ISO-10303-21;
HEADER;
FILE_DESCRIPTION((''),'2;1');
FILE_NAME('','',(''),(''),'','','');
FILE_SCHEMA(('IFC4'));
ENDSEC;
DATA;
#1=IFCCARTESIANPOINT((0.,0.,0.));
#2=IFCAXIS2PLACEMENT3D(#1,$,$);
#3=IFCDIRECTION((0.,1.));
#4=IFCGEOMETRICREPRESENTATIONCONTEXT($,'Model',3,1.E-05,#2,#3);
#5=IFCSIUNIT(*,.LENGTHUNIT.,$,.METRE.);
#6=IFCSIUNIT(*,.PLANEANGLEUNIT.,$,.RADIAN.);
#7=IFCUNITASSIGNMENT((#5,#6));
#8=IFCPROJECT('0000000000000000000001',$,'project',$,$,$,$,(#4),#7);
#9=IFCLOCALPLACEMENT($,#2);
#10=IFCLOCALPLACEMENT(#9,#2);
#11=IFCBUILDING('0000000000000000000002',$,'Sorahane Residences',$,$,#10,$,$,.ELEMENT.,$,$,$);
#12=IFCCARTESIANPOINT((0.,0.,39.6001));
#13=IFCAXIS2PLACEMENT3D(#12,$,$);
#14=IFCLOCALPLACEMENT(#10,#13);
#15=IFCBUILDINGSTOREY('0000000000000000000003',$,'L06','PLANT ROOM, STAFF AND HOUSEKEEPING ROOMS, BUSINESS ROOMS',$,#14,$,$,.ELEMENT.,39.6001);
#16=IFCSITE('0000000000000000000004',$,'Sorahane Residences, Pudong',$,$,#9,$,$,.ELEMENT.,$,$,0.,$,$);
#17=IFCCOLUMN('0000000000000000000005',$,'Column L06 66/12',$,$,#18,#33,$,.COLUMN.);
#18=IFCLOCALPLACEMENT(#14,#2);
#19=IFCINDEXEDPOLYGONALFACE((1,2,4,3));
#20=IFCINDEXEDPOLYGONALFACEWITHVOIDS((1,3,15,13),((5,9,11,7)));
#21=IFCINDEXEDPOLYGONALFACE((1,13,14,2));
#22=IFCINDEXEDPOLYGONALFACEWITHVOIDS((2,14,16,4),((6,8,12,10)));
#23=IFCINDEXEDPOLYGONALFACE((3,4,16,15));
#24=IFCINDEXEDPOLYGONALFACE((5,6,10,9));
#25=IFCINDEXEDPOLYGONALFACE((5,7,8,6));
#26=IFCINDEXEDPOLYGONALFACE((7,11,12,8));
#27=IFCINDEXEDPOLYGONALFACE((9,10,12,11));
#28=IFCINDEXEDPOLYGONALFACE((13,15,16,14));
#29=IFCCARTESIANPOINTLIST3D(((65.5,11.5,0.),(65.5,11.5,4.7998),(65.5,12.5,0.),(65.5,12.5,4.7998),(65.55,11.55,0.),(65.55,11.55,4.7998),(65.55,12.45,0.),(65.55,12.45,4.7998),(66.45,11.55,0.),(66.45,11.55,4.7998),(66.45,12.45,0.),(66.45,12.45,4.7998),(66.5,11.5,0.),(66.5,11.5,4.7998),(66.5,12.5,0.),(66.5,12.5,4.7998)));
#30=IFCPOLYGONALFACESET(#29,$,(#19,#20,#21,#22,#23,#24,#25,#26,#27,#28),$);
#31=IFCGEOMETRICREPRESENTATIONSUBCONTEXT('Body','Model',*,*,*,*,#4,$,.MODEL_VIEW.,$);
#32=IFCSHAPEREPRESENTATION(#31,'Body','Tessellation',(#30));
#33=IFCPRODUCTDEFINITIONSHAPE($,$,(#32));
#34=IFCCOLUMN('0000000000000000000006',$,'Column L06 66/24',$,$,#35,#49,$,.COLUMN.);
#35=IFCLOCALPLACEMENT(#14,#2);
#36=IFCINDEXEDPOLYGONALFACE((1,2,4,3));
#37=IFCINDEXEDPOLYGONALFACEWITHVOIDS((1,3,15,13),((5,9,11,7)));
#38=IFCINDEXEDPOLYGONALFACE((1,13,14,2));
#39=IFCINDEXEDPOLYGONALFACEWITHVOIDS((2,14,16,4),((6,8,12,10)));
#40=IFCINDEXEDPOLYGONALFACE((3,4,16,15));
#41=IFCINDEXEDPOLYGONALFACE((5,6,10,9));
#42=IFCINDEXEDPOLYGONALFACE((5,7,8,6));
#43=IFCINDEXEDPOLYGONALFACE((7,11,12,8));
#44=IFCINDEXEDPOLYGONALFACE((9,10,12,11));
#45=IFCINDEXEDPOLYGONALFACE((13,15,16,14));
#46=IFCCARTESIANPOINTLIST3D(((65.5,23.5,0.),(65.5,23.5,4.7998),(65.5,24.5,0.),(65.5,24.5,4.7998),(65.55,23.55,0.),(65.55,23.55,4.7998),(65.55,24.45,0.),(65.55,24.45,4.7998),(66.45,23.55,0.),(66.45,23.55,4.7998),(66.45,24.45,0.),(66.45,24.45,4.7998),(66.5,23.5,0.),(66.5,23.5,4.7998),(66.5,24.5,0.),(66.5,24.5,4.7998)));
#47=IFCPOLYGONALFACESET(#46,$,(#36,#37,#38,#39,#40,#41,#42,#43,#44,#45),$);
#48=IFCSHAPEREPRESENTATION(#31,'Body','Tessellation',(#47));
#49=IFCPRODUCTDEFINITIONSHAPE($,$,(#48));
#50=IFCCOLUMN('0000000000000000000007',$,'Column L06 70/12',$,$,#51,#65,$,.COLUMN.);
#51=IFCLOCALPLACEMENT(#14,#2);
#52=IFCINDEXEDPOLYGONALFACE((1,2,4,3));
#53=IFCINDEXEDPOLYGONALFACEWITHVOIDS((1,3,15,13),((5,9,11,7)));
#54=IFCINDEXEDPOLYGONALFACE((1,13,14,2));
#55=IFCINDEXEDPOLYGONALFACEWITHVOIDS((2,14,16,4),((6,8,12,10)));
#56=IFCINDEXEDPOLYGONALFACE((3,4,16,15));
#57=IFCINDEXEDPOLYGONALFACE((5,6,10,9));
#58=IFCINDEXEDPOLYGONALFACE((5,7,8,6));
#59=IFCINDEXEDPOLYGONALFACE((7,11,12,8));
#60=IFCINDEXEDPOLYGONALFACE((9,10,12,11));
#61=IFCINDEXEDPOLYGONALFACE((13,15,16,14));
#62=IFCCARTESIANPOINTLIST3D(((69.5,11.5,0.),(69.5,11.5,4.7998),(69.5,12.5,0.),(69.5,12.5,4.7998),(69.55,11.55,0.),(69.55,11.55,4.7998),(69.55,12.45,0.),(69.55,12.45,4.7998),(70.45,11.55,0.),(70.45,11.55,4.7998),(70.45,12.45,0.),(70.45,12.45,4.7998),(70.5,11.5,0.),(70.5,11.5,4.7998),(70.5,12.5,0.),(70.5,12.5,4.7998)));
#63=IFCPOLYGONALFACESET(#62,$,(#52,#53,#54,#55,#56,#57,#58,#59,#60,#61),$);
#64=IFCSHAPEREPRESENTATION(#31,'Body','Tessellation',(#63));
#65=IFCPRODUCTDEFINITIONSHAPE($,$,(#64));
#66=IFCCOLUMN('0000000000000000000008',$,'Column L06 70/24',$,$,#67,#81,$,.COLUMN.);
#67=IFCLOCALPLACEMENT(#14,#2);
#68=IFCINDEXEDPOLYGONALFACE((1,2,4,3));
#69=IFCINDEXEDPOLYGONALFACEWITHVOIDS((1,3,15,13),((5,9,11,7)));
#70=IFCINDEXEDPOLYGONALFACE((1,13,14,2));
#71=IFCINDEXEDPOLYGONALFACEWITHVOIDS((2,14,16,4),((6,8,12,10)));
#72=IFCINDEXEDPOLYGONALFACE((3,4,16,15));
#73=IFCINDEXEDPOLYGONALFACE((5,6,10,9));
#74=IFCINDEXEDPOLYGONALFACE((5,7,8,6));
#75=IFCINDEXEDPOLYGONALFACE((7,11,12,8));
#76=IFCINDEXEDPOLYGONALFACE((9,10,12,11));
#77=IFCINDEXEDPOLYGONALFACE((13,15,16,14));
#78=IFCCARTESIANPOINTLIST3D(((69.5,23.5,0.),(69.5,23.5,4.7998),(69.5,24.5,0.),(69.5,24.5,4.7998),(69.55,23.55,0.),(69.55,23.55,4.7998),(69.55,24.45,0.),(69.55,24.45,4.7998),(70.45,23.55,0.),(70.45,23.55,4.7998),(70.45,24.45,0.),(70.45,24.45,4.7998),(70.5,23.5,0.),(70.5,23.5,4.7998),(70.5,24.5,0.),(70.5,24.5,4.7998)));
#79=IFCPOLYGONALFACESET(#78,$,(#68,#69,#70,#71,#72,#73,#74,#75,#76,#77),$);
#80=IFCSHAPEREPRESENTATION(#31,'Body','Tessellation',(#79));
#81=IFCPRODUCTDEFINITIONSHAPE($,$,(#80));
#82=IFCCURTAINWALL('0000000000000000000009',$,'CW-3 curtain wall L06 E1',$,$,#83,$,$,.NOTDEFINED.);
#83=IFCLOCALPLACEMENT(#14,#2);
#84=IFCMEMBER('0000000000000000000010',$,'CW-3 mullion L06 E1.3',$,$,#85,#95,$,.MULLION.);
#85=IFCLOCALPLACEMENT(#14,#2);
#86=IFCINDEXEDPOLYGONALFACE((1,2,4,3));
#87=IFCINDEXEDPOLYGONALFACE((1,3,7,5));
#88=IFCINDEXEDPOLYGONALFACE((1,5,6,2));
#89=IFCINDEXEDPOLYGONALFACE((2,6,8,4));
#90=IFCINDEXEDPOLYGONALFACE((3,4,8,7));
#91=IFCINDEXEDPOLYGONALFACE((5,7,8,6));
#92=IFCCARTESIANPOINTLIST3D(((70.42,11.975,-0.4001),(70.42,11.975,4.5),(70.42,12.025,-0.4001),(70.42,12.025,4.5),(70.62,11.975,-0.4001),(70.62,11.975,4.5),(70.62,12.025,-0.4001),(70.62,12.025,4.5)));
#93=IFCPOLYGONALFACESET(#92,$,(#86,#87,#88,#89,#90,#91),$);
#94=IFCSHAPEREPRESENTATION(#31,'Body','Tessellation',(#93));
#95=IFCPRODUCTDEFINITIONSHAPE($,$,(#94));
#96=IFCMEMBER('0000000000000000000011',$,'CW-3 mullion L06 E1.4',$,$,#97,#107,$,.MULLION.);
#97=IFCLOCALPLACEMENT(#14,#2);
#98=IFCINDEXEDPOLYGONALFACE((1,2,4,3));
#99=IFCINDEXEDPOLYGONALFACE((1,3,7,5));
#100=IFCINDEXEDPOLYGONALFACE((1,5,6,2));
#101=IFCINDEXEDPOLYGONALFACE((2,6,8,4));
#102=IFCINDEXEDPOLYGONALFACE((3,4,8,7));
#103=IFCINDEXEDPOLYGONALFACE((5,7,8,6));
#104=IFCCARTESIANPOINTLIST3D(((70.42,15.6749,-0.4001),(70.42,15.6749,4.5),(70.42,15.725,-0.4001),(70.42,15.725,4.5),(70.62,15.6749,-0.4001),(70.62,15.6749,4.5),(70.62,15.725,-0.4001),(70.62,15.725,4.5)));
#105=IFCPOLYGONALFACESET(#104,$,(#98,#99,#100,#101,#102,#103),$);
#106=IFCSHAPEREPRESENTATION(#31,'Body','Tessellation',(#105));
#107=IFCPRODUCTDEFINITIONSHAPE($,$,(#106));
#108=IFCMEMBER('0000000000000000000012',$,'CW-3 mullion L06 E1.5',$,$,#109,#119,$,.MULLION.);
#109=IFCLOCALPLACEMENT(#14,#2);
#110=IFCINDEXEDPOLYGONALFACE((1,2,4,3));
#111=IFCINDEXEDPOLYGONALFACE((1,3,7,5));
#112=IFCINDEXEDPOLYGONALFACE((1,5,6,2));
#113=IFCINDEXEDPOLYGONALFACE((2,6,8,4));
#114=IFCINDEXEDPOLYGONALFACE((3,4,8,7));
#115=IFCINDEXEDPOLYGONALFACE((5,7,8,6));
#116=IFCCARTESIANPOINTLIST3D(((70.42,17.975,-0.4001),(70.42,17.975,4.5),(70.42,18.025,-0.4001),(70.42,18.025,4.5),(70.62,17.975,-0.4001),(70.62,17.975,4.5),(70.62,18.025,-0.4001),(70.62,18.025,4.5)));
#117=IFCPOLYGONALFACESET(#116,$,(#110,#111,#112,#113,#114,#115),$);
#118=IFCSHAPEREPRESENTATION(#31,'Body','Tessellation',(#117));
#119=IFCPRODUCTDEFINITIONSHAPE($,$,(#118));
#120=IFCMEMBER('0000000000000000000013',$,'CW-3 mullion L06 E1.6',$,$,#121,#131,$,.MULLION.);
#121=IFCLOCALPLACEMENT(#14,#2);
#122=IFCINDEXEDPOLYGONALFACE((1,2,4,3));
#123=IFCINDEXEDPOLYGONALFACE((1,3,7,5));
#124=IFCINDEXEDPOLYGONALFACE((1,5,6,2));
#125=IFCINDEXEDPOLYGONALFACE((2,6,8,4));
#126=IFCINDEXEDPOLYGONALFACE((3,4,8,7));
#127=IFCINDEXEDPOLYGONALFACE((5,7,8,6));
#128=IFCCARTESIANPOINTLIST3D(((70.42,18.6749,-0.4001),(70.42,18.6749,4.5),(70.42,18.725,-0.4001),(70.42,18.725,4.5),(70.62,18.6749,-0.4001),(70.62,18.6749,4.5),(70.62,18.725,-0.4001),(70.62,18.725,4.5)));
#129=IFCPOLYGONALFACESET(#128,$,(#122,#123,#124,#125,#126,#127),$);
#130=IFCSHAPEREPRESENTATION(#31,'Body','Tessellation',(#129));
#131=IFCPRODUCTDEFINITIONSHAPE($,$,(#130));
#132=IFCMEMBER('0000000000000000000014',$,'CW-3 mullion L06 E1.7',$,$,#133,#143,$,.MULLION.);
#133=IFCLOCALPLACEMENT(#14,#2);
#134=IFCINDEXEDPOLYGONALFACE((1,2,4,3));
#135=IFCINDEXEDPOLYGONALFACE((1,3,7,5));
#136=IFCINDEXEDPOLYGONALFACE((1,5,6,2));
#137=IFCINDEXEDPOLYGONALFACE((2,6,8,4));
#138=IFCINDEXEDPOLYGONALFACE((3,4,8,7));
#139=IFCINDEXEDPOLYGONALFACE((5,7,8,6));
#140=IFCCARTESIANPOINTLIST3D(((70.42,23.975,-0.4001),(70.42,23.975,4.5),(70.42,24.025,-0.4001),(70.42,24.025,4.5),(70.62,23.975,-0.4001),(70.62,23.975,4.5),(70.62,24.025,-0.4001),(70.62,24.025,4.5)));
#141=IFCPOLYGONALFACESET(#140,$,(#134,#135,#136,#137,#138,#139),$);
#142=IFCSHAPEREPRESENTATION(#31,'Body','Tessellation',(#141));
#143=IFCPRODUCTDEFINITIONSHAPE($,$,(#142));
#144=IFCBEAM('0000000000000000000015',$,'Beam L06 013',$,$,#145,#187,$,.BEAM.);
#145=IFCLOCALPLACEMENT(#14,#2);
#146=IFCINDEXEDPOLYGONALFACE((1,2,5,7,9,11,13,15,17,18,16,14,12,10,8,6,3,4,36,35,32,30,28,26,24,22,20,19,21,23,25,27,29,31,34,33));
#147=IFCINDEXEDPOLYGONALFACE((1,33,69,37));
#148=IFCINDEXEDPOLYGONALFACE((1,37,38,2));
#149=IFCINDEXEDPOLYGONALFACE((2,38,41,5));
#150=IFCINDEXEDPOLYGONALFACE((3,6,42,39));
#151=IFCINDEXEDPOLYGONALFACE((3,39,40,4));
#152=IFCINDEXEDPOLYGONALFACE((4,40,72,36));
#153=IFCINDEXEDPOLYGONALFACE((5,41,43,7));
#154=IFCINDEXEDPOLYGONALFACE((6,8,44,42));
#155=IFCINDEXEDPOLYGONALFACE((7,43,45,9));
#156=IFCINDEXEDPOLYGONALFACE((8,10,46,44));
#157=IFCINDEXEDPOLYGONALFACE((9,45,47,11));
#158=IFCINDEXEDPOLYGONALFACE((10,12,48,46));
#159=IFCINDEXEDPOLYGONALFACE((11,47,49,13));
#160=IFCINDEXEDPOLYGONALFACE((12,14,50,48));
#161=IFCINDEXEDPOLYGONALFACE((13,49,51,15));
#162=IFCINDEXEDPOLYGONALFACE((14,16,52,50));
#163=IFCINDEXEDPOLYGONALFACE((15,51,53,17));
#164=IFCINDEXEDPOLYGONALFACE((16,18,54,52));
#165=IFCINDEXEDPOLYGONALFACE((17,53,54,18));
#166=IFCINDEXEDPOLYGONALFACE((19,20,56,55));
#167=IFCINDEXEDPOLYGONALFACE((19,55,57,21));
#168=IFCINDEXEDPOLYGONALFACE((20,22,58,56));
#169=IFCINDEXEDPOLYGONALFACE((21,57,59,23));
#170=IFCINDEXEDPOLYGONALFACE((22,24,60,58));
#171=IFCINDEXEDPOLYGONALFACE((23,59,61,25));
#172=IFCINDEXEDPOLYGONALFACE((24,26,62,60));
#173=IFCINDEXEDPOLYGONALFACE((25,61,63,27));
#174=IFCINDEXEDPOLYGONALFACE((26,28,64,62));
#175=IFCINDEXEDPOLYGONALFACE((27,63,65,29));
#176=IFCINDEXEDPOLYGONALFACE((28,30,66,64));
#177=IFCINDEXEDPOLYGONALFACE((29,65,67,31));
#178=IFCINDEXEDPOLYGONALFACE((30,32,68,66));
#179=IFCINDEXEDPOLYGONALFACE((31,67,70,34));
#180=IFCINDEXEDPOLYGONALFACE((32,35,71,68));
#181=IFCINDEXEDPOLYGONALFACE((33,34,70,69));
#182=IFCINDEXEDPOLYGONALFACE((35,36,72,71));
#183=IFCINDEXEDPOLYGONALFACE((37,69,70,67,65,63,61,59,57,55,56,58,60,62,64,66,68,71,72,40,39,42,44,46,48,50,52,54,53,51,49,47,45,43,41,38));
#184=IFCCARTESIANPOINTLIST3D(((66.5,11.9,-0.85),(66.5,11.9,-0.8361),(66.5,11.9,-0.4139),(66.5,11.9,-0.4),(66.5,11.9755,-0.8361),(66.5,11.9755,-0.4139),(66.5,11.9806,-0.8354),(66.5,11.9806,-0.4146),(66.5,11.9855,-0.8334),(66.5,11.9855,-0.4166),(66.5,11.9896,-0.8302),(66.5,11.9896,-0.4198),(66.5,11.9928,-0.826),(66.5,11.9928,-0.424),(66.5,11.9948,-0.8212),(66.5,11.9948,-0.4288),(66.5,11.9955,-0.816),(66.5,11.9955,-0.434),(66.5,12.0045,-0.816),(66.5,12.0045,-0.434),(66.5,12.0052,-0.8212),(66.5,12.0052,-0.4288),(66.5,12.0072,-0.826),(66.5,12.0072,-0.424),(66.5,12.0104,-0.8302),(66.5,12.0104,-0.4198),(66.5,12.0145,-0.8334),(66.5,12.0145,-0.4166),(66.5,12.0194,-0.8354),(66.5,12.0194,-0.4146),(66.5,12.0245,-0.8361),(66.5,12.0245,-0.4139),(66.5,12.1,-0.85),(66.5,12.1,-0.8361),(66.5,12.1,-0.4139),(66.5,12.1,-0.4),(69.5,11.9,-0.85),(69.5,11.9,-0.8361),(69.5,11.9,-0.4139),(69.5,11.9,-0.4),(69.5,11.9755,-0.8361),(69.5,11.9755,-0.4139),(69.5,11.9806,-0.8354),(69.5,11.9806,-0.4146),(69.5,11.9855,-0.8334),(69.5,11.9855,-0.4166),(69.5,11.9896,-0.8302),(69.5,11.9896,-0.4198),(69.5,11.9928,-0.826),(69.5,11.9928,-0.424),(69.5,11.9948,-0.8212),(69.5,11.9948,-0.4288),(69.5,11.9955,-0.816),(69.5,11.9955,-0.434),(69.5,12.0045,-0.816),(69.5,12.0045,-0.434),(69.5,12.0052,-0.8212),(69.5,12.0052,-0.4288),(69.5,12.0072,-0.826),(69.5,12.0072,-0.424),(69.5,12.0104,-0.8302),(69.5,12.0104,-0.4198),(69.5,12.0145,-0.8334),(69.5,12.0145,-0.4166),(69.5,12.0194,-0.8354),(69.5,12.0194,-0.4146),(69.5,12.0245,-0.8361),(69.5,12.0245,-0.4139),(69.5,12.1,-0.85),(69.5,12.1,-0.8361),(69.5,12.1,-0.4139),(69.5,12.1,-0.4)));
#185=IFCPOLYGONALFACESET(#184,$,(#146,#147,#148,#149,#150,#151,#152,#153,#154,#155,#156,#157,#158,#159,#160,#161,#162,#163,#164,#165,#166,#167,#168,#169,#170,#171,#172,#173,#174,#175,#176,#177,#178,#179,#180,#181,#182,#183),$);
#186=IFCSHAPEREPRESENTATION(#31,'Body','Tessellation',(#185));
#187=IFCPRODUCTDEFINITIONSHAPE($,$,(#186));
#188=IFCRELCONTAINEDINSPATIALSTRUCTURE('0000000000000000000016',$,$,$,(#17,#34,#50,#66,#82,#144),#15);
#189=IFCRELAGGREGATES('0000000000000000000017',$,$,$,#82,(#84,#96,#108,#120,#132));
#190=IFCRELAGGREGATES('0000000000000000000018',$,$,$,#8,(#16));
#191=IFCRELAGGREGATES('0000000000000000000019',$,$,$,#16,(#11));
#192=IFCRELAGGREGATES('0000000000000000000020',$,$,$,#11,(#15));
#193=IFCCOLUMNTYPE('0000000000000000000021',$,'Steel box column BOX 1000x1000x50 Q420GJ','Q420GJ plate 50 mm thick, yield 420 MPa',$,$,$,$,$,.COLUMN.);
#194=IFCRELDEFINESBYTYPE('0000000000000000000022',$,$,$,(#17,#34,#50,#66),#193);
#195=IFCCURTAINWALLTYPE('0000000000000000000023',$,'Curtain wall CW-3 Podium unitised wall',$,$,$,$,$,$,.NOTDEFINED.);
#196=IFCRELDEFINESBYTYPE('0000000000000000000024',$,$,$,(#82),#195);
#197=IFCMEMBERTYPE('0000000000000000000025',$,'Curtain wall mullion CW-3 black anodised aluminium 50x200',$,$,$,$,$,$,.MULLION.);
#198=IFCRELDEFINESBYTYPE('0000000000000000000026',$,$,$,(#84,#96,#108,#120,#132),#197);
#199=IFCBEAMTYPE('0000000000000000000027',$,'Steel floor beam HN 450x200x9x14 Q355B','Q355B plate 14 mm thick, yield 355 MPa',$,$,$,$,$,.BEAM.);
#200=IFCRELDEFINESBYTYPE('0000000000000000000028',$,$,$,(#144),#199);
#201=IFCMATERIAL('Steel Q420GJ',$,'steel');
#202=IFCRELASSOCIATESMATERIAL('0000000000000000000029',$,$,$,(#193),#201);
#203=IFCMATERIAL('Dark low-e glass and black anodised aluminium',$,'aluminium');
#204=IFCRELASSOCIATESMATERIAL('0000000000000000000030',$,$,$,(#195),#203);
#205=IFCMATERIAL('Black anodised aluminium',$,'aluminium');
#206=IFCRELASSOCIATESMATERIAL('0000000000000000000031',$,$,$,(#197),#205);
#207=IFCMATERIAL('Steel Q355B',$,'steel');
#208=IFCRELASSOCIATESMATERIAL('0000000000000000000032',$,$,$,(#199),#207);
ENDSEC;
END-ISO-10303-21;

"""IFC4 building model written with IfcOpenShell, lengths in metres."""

from ifc_helpers import new_model, si_unit, direction, frame, origin, origin_2d, place, context, subcontext, project, spatial, rectangle, hollow_rectangle, i_section, extrude, material, material_profile, profile_set, type_object, element, aggregate, save


model = new_model("IFC4")

# Units and contexts
model_context = context("Model", 3, precision=1e-05, world=origin(), true_north=direction((0.0, 1.0)))
body_context = subcontext(model_context, "Body", "Model", "MODEL_VIEW")
ifc_project = project(units=[si_unit("LENGTHUNIT", "METRE"), si_unit("PLANEANGLEUNIT", "RADIAN")], contexts=[model_context])

# Site, building, storey
site_placement = place(None, origin())
site = spatial("IfcSite", under=ifc_project, at=site_placement, Name="Sorahane Residences, Pudong", CompositionType="ELEMENT", RefElevation=0.0)
building_placement = place(site_placement, origin())
building = spatial("IfcBuilding", under=site, at=building_placement, Name="Sorahane Residences", CompositionType="ELEMENT")
storey_placement = place(building_placement, frame((0.0, 0.0, 39.6001)))
storey = spatial("IfcBuildingStorey", under=building, at=storey_placement, Name="L06", Description="PLANT ROOM, STAFF AND HOUSEKEEPING ROOMS, BUSINESS ROOMS", CompositionType="ELEMENT", Elevation=39.6001)

# Columns
ifc_material_1 = material(Name="Steel Q420GJ", Category="steel")
ifc_material_profile_1 = material_profile(ifc_material_1, hollow_rectangle(XDim=1.0, YDim=1.0, WallThickness=0.05, at=origin_2d()), Name="BOX 1000x1000x50")
ifc_profile_set_1 = profile_set([ifc_material_profile_1], Name="Steel Q420GJ")
column_type = type_object("IfcColumnType", Name="Steel box column BOX 1000x1000x50 Q420GJ", Description="Q420GJ plate 50 mm thick, yield 420 MPa", PredefinedType="COLUMN", material=ifc_profile_set_1)
for number, where, z_axis, x_axis, name in (
    (1, (66.0, 12.0, 0.0), (0.0, 0.0, 1.0), (1.0, 0.0, 0.0), "Column L06 66/12"),
    (2, (66.0, 24.0, 0.0), (0.0, 0.0, 1.0), (1.0, 0.0, 0.0), "Column L06 66/24"),
    (3, (70.0, 12.0, 0.0), (0.0, 0.0, 1.0), (1.0, 0.0, 0.0), "Column L06 70/12"),
    (4, (70.0, 24.0, 0.0), (0.0, 0.0, 1.0), (1.0, 0.0, 0.0), "Column L06 70/24"),
):
    element("IfcColumn", number, at=place(storey_placement, frame(where, z_axis=z_axis, x_axis=x_axis)), inside=storey, type_object=column_type, Name=name, PredefinedType="COLUMN", context=body_context, shape_type="SweptSolid", body=[
        extrude(hollow_rectangle(XDim=1.0, YDim=1.0, WallThickness=0.05, at=origin_2d()), origin(), (0.0, 0.0, 1.0), 4.7998),
    ])

# Curtain wall, members
ifc_material_2 = material(Name="Dark low-e glass and black anodised aluminium", Category="aluminium")
curtain_wall_type = type_object("IfcCurtainWallType", Name="Curtain wall CW-3 Podium unitised wall", PredefinedType="NOTDEFINED", material=ifc_material_2)
curtain_wall_placement = place(storey_placement, origin())
curtain_wall = element("IfcCurtainWall", 5, at=curtain_wall_placement, inside=storey, type_object=curtain_wall_type, Name="CW-3 curtain wall L06 E1", PredefinedType="NOTDEFINED")
ifc_material_3 = material(Name="Black anodised aluminium", Category="aluminium")
ifc_material_profile_2 = material_profile(ifc_material_3, rectangle(XDim=0.2, YDim=0.05, at=origin_2d()), Name="Curtain wall mullion CW-3 black anodised aluminium 50x200")
ifc_profile_set_2 = profile_set([ifc_material_profile_2], Name="Black anodised aluminium")
member_type = type_object("IfcMemberType", Name="Curtain wall mullion CW-3 black anodised aluminium 50x200", PredefinedType="MULLION", material=ifc_profile_set_2)
member_1_placement = place(storey_placement, frame((70.52, 12.0, -0.4001), z_axis=(0.0, 0.0, 1.0), x_axis=(1.0, 0.0, 0.0)))
member_1 = element("IfcMember", 6, at=member_1_placement, type_object=member_type, Name="CW-3 mullion L06 E1.3", PredefinedType="MULLION", context=body_context, shape_type="SweptSolid", body=[
    extrude(rectangle(XDim=0.2, YDim=0.05, at=origin_2d()), origin(), (0.0, 0.0, 1.0), 4.9001),
])
member_2_placement = place(storey_placement, frame((70.52, 15.7, -0.4001), z_axis=(0.0, 0.0, 1.0), x_axis=(1.0, 0.0, 0.0)))
member_2 = element("IfcMember", 7, at=member_2_placement, type_object=member_type, Name="CW-3 mullion L06 E1.4", PredefinedType="MULLION", context=body_context, shape_type="SweptSolid", body=[
    extrude(rectangle(XDim=0.2, YDim=0.05, at=origin_2d()), origin(), (0.0, 0.0, 1.0), 4.9001),
])
member_3_placement = place(storey_placement, frame((70.52, 18.0, -0.4001), z_axis=(0.0, 0.0, 1.0), x_axis=(1.0, 0.0, 0.0)))
member_3 = element("IfcMember", 8, at=member_3_placement, type_object=member_type, Name="CW-3 mullion L06 E1.5", PredefinedType="MULLION", context=body_context, shape_type="SweptSolid", body=[
    extrude(rectangle(XDim=0.2, YDim=0.05, at=origin_2d()), origin(), (0.0, 0.0, 1.0), 4.9001),
])
member_4_placement = place(storey_placement, frame((70.52, 18.7, -0.4001), z_axis=(0.0, 0.0, 1.0), x_axis=(1.0, 0.0, 0.0)))
member_4 = element("IfcMember", 9, at=member_4_placement, type_object=member_type, Name="CW-3 mullion L06 E1.6", PredefinedType="MULLION", context=body_context, shape_type="SweptSolid", body=[
    extrude(rectangle(XDim=0.2, YDim=0.05, at=origin_2d()), origin(), (0.0, 0.0, 1.0), 4.9001),
])
member_5_placement = place(storey_placement, frame((70.52, 24.0, -0.4001), z_axis=(0.0, 0.0, 1.0), x_axis=(1.0, 0.0, 0.0)))
member_5 = element("IfcMember", 10, at=member_5_placement, type_object=member_type, Name="CW-3 mullion L06 E1.7", PredefinedType="MULLION", context=body_context, shape_type="SweptSolid", body=[
    extrude(rectangle(XDim=0.2, YDim=0.05, at=origin_2d()), origin(), (0.0, 0.0, 1.0), 4.9001),
])

# Beam
ifc_material_4 = material(Name="Steel Q355B", Category="steel")
ifc_material_profile_3 = material_profile(ifc_material_4, i_section(OverallWidth=0.2, OverallDepth=0.45, WebThickness=0.009, FlangeThickness=0.0139, FilletRadius=0.02, at=origin_2d()), Name="HN 450x200x9x14")
ifc_profile_set_3 = profile_set([ifc_material_profile_3], Name="Steel Q355B")
beam_type_1 = type_object("IfcBeamType", Name="Steel floor beam HN 450x200x9x14 Q355B", Description="Q355B plate 14 mm thick, yield 355 MPa", PredefinedType="BEAM", material=ifc_profile_set_3)
for number, where, z_axis, x_axis, name in (
    (11, (66.5, 12.0, -0.625), (1.0, 0.0, 0.0), (0.0, 1.0, 0.0), "Beam L06 013"),
):
    element("IfcBeam", number, at=place(storey_placement, frame(where, z_axis=z_axis, x_axis=x_axis)), inside=storey, type_object=beam_type_1, Name=name, PredefinedType="BEAM", context=body_context, shape_type="SweptSolid", body=[
        extrude(i_section(OverallWidth=0.2, OverallDepth=0.45, WebThickness=0.009, FlangeThickness=0.0139, FilletRadius=0.02, at=origin_2d()), origin(), (0.0, 0.0, 1.0), 3.0),
    ])

aggregate(curtain_wall, [member_1, member_2, member_3, member_4, member_5])

save(model, "model.ifc")
